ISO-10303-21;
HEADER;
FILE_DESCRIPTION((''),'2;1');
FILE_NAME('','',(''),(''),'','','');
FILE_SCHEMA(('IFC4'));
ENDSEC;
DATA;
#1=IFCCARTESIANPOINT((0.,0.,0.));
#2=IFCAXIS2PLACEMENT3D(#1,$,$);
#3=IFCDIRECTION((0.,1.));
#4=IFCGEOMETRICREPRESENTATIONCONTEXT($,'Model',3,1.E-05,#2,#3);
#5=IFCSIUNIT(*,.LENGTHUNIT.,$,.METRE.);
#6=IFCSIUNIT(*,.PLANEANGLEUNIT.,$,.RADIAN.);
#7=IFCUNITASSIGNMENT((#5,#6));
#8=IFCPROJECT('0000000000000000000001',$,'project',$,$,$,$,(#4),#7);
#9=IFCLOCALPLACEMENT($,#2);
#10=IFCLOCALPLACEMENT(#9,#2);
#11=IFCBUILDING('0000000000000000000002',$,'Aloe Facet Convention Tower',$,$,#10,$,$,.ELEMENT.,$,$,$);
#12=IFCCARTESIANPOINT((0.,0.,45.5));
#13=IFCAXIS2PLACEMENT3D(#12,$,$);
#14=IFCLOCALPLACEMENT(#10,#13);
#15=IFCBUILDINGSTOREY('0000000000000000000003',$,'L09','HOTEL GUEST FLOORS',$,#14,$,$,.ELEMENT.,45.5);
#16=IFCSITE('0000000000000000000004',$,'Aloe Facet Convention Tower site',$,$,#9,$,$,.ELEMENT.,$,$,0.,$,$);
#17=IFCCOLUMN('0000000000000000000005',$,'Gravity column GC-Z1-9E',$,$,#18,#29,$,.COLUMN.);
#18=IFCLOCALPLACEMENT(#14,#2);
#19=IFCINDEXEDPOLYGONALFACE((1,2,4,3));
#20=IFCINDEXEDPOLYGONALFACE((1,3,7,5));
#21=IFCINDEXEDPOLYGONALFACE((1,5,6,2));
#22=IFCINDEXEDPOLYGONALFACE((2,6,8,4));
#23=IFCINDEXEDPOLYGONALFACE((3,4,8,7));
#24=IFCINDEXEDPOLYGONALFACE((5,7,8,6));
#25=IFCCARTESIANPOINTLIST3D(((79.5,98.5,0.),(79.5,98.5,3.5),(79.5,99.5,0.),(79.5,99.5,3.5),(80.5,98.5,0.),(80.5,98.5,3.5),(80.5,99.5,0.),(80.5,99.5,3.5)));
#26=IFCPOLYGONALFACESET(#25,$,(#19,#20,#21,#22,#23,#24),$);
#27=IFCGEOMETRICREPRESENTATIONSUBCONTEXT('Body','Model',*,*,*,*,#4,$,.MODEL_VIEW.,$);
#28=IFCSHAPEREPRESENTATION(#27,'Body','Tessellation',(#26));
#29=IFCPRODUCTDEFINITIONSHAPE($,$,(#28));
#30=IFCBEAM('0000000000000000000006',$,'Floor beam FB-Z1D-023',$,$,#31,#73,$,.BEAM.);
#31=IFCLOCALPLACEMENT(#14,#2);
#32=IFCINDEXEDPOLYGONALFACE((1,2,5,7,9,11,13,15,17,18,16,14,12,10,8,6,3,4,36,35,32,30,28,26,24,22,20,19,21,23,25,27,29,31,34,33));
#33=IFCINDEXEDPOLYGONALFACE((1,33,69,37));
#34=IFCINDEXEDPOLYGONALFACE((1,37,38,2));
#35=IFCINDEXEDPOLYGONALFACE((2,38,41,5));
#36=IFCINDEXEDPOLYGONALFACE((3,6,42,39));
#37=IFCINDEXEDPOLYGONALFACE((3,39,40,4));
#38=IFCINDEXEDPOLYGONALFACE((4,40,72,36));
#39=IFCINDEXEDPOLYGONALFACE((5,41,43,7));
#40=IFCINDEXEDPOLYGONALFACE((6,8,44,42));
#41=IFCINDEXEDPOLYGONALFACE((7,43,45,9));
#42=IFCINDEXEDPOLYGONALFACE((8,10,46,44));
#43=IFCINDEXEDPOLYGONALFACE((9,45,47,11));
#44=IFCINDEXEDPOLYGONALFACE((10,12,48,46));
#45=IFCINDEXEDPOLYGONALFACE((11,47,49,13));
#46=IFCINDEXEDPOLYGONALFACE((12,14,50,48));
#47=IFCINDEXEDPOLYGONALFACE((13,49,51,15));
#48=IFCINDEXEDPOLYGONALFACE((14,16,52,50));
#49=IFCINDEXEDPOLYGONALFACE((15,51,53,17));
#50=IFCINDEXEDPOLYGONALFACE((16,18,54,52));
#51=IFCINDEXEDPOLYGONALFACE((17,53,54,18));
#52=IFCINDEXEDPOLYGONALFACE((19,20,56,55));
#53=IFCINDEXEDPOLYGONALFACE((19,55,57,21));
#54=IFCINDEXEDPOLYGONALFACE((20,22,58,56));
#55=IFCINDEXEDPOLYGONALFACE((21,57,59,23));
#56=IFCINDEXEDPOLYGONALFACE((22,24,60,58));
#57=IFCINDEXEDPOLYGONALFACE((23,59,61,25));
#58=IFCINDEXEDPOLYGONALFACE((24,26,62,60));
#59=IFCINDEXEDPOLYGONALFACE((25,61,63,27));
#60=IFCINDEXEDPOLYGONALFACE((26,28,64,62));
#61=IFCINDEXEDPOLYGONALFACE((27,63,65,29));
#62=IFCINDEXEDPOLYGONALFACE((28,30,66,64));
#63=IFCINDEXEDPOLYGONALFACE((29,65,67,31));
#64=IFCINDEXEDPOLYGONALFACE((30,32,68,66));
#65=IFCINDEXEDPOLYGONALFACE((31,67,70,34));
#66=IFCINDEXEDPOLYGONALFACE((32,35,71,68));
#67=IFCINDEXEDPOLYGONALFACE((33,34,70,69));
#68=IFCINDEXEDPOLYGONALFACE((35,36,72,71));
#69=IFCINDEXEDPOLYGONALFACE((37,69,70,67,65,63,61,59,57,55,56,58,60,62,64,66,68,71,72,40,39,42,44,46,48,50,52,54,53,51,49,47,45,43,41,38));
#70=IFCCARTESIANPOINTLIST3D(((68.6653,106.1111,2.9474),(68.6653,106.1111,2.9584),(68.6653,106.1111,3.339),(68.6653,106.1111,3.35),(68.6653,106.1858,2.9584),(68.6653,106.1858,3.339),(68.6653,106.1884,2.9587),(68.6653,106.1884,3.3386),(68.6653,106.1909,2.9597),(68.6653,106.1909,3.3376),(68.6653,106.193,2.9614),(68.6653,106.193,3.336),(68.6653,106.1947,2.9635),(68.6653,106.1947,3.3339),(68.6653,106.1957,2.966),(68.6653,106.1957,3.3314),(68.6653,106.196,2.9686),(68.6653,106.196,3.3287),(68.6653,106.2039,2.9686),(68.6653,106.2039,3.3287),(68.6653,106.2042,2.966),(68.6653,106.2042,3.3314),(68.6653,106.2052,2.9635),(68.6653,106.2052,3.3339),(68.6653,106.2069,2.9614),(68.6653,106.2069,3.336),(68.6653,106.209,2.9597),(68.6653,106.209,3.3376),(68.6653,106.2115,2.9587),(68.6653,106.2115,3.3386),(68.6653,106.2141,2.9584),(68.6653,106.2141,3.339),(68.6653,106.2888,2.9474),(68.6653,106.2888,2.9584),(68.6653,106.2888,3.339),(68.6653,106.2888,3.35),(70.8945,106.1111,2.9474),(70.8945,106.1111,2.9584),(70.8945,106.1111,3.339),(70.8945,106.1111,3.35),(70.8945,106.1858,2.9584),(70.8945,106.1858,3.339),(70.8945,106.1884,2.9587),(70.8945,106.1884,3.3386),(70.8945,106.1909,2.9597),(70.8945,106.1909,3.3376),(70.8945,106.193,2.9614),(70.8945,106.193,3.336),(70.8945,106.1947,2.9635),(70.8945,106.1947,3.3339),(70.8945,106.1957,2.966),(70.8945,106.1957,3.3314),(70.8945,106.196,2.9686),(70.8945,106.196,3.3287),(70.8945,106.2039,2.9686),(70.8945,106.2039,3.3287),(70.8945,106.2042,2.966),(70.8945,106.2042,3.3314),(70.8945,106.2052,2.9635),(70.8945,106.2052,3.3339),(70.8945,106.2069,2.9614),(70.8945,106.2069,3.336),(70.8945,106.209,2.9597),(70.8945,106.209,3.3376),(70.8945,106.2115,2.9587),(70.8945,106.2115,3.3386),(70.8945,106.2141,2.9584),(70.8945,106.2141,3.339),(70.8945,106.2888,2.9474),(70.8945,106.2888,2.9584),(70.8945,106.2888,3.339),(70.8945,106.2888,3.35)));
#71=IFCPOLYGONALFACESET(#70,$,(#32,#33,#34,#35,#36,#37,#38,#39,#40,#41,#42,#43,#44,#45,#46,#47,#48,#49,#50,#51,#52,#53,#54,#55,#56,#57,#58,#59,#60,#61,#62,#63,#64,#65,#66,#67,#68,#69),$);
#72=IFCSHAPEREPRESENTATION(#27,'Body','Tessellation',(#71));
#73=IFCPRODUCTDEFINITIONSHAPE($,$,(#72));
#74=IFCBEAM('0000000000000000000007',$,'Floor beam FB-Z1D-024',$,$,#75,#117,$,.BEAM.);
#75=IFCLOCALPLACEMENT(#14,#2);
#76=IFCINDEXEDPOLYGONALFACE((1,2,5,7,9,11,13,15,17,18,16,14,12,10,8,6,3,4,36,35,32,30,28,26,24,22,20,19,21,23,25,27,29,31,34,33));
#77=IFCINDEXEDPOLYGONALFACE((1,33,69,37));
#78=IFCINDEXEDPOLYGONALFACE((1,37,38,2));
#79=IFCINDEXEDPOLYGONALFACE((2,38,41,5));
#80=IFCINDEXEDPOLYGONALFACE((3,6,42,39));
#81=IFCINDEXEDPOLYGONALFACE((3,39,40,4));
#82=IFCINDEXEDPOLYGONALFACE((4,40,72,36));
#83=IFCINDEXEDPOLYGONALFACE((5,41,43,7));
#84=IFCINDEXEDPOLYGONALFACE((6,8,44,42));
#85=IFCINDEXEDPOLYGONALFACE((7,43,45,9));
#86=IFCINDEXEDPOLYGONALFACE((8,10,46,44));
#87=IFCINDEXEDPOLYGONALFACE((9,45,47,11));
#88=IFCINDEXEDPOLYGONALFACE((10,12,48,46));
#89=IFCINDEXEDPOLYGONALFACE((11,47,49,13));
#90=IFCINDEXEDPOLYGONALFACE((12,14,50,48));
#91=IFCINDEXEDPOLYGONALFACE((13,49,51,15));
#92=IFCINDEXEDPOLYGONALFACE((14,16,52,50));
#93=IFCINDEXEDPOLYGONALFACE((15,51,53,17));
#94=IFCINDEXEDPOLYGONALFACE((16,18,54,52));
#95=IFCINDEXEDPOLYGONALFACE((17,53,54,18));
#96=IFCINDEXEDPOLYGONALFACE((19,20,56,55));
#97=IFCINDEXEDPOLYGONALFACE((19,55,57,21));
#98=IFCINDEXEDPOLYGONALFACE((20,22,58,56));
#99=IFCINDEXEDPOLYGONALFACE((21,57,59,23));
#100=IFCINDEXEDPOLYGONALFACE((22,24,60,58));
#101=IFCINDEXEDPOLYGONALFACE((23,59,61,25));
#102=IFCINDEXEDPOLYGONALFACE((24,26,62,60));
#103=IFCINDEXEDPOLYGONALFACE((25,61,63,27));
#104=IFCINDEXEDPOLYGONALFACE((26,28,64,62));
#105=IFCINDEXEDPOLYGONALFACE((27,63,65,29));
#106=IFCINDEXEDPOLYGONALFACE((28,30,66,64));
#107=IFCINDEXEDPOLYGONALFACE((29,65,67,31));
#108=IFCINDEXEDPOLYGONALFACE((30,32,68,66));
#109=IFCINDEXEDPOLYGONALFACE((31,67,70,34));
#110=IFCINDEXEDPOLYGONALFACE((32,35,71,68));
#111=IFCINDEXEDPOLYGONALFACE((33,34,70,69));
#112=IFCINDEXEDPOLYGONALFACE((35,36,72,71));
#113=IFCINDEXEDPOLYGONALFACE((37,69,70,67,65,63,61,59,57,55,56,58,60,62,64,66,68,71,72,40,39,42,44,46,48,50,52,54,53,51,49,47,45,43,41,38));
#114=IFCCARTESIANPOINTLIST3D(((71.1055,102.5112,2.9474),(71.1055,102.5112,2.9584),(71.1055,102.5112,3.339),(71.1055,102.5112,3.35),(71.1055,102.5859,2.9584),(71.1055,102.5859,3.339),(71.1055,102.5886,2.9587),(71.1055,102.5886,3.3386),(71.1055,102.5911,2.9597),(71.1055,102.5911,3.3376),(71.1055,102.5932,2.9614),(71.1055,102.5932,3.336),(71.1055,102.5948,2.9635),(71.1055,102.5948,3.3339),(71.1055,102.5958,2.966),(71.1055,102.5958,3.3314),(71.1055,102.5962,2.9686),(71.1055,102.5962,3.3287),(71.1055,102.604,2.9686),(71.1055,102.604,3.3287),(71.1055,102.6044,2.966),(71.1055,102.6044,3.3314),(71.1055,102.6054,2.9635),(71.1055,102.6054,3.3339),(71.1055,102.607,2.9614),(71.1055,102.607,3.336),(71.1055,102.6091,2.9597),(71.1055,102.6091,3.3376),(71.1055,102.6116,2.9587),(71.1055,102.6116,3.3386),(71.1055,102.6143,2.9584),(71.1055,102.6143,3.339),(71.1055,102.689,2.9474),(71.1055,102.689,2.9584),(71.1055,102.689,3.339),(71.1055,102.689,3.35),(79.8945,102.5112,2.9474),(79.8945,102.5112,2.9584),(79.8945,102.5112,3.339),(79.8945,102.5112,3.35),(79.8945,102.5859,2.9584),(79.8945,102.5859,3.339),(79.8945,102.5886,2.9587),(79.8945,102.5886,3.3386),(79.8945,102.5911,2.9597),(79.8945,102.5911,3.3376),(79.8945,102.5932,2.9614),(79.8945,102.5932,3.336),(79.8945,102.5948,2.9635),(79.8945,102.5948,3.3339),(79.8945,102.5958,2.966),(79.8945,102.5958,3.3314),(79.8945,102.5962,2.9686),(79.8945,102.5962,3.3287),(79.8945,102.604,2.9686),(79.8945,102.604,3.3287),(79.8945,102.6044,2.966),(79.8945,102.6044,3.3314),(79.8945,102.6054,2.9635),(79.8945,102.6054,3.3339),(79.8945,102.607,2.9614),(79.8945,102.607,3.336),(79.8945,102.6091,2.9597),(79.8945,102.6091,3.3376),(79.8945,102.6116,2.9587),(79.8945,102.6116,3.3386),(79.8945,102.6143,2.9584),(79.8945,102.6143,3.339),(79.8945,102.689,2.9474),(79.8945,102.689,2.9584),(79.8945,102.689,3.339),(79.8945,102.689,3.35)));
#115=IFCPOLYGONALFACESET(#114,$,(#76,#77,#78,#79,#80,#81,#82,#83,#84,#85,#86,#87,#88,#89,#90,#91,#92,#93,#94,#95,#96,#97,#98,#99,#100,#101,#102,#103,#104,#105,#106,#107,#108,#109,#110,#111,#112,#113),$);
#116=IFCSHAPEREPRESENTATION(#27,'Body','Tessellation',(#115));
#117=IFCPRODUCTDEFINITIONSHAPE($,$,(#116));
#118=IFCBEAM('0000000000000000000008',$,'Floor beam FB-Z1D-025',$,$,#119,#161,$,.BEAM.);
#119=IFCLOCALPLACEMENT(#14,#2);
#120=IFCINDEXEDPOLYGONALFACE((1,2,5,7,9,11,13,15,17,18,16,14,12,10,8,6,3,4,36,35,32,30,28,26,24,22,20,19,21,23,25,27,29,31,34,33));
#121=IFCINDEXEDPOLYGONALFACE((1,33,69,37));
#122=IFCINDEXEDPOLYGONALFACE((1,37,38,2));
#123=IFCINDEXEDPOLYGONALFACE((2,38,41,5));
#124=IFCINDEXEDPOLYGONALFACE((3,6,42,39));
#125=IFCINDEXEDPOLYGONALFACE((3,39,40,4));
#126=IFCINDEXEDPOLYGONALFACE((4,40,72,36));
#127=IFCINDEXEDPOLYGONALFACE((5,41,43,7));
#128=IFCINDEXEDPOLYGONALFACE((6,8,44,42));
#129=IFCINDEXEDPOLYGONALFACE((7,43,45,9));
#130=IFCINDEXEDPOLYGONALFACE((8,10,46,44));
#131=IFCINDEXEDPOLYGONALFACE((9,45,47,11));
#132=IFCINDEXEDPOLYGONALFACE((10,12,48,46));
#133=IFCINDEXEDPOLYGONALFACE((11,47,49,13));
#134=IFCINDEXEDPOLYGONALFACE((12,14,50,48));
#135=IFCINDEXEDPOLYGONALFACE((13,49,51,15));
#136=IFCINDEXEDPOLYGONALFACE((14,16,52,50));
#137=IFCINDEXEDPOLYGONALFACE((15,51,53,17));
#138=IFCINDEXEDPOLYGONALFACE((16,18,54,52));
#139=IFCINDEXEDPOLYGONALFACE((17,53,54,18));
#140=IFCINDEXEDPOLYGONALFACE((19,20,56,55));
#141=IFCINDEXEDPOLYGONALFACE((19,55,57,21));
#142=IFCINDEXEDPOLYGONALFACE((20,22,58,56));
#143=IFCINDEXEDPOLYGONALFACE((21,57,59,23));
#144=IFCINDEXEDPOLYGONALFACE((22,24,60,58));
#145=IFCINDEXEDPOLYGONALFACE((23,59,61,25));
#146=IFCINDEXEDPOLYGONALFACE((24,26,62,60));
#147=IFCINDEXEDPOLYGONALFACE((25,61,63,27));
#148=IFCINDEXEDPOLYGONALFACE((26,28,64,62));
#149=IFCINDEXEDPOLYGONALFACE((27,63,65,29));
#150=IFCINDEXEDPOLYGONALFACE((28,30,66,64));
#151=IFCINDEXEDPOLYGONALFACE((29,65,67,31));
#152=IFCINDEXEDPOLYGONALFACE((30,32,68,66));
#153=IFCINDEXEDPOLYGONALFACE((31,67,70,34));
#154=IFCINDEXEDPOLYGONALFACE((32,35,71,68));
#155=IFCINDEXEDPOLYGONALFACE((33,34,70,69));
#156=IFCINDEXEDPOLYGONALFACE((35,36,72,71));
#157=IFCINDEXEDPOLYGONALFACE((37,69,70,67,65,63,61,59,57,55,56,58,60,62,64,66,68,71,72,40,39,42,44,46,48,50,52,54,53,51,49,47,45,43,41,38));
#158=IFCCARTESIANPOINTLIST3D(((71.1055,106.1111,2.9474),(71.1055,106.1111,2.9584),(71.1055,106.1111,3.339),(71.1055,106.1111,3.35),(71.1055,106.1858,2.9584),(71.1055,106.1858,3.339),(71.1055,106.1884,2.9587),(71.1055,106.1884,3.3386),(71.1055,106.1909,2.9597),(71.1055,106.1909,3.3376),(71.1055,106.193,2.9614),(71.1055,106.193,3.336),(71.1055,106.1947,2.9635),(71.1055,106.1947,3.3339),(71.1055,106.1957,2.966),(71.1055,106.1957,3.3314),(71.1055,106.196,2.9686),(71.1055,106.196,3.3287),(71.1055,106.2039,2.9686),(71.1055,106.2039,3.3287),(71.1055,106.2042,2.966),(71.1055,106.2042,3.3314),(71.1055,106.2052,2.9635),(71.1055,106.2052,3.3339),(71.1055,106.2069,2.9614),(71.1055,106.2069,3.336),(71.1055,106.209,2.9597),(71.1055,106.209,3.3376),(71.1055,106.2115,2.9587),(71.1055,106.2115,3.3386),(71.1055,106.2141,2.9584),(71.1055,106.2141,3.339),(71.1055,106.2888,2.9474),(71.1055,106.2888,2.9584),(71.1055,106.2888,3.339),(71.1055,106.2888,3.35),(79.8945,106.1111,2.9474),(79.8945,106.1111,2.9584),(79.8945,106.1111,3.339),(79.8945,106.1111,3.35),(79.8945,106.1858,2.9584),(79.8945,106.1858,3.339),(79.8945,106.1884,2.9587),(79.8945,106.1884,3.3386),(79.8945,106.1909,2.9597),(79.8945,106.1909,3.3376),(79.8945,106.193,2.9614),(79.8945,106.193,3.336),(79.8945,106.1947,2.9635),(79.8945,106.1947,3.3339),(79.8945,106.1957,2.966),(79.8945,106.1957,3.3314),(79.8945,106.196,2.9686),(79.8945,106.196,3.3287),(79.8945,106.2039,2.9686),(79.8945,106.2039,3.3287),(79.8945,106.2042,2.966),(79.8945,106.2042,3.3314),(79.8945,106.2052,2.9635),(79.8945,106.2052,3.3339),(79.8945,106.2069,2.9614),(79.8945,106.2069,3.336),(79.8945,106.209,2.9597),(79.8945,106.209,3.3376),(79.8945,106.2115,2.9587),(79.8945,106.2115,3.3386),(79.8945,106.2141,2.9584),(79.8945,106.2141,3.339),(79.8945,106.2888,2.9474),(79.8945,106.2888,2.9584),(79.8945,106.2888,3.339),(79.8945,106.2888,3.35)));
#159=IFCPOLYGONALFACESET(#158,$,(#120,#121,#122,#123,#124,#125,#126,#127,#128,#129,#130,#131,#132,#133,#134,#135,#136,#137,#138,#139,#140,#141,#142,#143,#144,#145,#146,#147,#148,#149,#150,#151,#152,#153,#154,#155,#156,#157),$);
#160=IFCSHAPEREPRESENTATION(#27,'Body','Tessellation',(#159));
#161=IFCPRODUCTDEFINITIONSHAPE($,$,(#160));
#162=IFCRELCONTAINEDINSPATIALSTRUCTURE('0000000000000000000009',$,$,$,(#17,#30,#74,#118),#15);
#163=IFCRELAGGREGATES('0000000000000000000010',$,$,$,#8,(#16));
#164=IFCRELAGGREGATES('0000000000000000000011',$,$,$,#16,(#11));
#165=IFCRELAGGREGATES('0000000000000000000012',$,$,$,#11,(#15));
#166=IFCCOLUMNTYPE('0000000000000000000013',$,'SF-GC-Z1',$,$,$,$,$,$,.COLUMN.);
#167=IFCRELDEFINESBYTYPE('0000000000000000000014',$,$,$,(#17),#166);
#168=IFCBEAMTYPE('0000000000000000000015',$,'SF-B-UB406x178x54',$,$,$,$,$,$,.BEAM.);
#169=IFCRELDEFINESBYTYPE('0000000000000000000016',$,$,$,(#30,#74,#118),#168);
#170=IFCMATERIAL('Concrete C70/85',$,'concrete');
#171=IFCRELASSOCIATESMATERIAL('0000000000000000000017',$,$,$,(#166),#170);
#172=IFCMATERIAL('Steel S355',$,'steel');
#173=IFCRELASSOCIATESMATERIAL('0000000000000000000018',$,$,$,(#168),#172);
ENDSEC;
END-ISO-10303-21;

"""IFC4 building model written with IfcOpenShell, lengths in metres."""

from ifc_helpers import new_model, si_unit, direction, frame, origin, origin_2d, place, context, subcontext, project, spatial, rectangle, i_section, extrude, material, material_profile, profile_set, type_object, element, save


model = new_model("IFC4")

# Units and contexts
model_context = context("Model", 3, precision=1e-05, world=origin(), true_north=direction((0.0, 1.0)))
body_context = subcontext(model_context, "Body", "Model", "MODEL_VIEW")
ifc_project = project(units=[si_unit("LENGTHUNIT", "METRE"), si_unit("PLANEANGLEUNIT", "RADIAN")], contexts=[model_context])

# Site, building, storey
site_placement = place(None, origin())
site = spatial("IfcSite", under=ifc_project, at=site_placement, Name="Aloe Facet Convention Tower site", CompositionType="ELEMENT", RefElevation=0.0)
building_placement = place(site_placement, origin())
building = spatial("IfcBuilding", under=site, at=building_placement, Name="Aloe Facet Convention Tower", CompositionType="ELEMENT")
storey_placement = place(building_placement, frame((0.0, 0.0, 45.5)))
storey = spatial("IfcBuildingStorey", under=building, at=storey_placement, Name="L09", Description="HOTEL GUEST FLOORS", CompositionType="ELEMENT", Elevation=45.5)

# Column
ifc_material_1 = material(Name="Concrete C70/85", Category="concrete")
ifc_material_profile_1 = material_profile(ifc_material_1, rectangle(XDim=1.0, YDim=1.0, at=origin_2d()), Name="SF-GC-Z1")
ifc_profile_set_1 = profile_set([ifc_material_profile_1], Name="Concrete C70/85")
column_type = type_object("IfcColumnType", Name="SF-GC-Z1", PredefinedType="COLUMN", material=ifc_profile_set_1)
column_placement = place(storey_placement, frame((80.0, 99.0, 0.0), z_axis=(0.0, 0.0, 1.0), x_axis=(1.0, 0.0, 0.0)))
element("IfcColumn", 1, at=column_placement, inside=storey, type_object=column_type, Name="Gravity column GC-Z1-9E", PredefinedType="COLUMN", context=body_context, shape_type="SweptSolid", body=[
    extrude(rectangle(XDim=1.0, YDim=1.0, at=origin_2d()), origin(), (0.0, 0.0, 1.0), 3.5),
])

# Beams
ifc_material_2 = material(Name="Steel S355", Category="steel")
ifc_material_profile_2 = material_profile(ifc_material_2, i_section(OverallWidth=0.1777, OverallDepth=0.4026, WebThickness=0.0078, FlangeThickness=0.011, FilletRadius=0.0103, at=origin_2d()), Name="UB 406x178x54")
ifc_profile_set_2 = profile_set([ifc_material_profile_2], Name="Steel S355")
beam_type_1 = type_object("IfcBeamType", Name="SF-B-UB406x178x54", PredefinedType="BEAM", material=ifc_profile_set_2)
beam_1_placement = place(storey_placement, frame((68.6653, 106.2, 3.1487), z_axis=(1.0, 0.0, 0.0), x_axis=(0.0, 1.0, 0.0)))
element("IfcBeam", 2, at=beam_1_placement, inside=storey, type_object=beam_type_1, Name="Floor beam FB-Z1D-023", PredefinedType="BEAM", context=body_context, shape_type="SweptSolid", body=[
    extrude(i_section(OverallWidth=0.1777, OverallDepth=0.4026, WebThickness=0.0078, FlangeThickness=0.011, FilletRadius=0.0103, at=origin_2d()), origin(), (0.0, 0.0, 1.0), 2.2292),
])
for number, where, z_axis, x_axis, name in (
    (3, (71.1055, 102.6001, 3.1487), (1.0, 0.0, 0.0), (0.0, 1.0, 0.0), "Floor beam FB-Z1D-024"),
    (4, (71.1055, 106.2, 3.1487), (1.0, 0.0, 0.0), (0.0, 1.0, 0.0), "Floor beam FB-Z1D-025"),
):
    element("IfcBeam", number, at=place(storey_placement, frame(where, z_axis=z_axis, x_axis=x_axis)), inside=storey, type_object=beam_type_1, Name=name, PredefinedType="BEAM", context=body_context, shape_type="SweptSolid", body=[
        extrude(i_section(OverallWidth=0.1777, OverallDepth=0.4026, WebThickness=0.0078, FlangeThickness=0.011, FilletRadius=0.0103, at=origin_2d()), origin(), (0.0, 0.0, 1.0), 8.7891),
    ])

save(model, "model.ifc")
